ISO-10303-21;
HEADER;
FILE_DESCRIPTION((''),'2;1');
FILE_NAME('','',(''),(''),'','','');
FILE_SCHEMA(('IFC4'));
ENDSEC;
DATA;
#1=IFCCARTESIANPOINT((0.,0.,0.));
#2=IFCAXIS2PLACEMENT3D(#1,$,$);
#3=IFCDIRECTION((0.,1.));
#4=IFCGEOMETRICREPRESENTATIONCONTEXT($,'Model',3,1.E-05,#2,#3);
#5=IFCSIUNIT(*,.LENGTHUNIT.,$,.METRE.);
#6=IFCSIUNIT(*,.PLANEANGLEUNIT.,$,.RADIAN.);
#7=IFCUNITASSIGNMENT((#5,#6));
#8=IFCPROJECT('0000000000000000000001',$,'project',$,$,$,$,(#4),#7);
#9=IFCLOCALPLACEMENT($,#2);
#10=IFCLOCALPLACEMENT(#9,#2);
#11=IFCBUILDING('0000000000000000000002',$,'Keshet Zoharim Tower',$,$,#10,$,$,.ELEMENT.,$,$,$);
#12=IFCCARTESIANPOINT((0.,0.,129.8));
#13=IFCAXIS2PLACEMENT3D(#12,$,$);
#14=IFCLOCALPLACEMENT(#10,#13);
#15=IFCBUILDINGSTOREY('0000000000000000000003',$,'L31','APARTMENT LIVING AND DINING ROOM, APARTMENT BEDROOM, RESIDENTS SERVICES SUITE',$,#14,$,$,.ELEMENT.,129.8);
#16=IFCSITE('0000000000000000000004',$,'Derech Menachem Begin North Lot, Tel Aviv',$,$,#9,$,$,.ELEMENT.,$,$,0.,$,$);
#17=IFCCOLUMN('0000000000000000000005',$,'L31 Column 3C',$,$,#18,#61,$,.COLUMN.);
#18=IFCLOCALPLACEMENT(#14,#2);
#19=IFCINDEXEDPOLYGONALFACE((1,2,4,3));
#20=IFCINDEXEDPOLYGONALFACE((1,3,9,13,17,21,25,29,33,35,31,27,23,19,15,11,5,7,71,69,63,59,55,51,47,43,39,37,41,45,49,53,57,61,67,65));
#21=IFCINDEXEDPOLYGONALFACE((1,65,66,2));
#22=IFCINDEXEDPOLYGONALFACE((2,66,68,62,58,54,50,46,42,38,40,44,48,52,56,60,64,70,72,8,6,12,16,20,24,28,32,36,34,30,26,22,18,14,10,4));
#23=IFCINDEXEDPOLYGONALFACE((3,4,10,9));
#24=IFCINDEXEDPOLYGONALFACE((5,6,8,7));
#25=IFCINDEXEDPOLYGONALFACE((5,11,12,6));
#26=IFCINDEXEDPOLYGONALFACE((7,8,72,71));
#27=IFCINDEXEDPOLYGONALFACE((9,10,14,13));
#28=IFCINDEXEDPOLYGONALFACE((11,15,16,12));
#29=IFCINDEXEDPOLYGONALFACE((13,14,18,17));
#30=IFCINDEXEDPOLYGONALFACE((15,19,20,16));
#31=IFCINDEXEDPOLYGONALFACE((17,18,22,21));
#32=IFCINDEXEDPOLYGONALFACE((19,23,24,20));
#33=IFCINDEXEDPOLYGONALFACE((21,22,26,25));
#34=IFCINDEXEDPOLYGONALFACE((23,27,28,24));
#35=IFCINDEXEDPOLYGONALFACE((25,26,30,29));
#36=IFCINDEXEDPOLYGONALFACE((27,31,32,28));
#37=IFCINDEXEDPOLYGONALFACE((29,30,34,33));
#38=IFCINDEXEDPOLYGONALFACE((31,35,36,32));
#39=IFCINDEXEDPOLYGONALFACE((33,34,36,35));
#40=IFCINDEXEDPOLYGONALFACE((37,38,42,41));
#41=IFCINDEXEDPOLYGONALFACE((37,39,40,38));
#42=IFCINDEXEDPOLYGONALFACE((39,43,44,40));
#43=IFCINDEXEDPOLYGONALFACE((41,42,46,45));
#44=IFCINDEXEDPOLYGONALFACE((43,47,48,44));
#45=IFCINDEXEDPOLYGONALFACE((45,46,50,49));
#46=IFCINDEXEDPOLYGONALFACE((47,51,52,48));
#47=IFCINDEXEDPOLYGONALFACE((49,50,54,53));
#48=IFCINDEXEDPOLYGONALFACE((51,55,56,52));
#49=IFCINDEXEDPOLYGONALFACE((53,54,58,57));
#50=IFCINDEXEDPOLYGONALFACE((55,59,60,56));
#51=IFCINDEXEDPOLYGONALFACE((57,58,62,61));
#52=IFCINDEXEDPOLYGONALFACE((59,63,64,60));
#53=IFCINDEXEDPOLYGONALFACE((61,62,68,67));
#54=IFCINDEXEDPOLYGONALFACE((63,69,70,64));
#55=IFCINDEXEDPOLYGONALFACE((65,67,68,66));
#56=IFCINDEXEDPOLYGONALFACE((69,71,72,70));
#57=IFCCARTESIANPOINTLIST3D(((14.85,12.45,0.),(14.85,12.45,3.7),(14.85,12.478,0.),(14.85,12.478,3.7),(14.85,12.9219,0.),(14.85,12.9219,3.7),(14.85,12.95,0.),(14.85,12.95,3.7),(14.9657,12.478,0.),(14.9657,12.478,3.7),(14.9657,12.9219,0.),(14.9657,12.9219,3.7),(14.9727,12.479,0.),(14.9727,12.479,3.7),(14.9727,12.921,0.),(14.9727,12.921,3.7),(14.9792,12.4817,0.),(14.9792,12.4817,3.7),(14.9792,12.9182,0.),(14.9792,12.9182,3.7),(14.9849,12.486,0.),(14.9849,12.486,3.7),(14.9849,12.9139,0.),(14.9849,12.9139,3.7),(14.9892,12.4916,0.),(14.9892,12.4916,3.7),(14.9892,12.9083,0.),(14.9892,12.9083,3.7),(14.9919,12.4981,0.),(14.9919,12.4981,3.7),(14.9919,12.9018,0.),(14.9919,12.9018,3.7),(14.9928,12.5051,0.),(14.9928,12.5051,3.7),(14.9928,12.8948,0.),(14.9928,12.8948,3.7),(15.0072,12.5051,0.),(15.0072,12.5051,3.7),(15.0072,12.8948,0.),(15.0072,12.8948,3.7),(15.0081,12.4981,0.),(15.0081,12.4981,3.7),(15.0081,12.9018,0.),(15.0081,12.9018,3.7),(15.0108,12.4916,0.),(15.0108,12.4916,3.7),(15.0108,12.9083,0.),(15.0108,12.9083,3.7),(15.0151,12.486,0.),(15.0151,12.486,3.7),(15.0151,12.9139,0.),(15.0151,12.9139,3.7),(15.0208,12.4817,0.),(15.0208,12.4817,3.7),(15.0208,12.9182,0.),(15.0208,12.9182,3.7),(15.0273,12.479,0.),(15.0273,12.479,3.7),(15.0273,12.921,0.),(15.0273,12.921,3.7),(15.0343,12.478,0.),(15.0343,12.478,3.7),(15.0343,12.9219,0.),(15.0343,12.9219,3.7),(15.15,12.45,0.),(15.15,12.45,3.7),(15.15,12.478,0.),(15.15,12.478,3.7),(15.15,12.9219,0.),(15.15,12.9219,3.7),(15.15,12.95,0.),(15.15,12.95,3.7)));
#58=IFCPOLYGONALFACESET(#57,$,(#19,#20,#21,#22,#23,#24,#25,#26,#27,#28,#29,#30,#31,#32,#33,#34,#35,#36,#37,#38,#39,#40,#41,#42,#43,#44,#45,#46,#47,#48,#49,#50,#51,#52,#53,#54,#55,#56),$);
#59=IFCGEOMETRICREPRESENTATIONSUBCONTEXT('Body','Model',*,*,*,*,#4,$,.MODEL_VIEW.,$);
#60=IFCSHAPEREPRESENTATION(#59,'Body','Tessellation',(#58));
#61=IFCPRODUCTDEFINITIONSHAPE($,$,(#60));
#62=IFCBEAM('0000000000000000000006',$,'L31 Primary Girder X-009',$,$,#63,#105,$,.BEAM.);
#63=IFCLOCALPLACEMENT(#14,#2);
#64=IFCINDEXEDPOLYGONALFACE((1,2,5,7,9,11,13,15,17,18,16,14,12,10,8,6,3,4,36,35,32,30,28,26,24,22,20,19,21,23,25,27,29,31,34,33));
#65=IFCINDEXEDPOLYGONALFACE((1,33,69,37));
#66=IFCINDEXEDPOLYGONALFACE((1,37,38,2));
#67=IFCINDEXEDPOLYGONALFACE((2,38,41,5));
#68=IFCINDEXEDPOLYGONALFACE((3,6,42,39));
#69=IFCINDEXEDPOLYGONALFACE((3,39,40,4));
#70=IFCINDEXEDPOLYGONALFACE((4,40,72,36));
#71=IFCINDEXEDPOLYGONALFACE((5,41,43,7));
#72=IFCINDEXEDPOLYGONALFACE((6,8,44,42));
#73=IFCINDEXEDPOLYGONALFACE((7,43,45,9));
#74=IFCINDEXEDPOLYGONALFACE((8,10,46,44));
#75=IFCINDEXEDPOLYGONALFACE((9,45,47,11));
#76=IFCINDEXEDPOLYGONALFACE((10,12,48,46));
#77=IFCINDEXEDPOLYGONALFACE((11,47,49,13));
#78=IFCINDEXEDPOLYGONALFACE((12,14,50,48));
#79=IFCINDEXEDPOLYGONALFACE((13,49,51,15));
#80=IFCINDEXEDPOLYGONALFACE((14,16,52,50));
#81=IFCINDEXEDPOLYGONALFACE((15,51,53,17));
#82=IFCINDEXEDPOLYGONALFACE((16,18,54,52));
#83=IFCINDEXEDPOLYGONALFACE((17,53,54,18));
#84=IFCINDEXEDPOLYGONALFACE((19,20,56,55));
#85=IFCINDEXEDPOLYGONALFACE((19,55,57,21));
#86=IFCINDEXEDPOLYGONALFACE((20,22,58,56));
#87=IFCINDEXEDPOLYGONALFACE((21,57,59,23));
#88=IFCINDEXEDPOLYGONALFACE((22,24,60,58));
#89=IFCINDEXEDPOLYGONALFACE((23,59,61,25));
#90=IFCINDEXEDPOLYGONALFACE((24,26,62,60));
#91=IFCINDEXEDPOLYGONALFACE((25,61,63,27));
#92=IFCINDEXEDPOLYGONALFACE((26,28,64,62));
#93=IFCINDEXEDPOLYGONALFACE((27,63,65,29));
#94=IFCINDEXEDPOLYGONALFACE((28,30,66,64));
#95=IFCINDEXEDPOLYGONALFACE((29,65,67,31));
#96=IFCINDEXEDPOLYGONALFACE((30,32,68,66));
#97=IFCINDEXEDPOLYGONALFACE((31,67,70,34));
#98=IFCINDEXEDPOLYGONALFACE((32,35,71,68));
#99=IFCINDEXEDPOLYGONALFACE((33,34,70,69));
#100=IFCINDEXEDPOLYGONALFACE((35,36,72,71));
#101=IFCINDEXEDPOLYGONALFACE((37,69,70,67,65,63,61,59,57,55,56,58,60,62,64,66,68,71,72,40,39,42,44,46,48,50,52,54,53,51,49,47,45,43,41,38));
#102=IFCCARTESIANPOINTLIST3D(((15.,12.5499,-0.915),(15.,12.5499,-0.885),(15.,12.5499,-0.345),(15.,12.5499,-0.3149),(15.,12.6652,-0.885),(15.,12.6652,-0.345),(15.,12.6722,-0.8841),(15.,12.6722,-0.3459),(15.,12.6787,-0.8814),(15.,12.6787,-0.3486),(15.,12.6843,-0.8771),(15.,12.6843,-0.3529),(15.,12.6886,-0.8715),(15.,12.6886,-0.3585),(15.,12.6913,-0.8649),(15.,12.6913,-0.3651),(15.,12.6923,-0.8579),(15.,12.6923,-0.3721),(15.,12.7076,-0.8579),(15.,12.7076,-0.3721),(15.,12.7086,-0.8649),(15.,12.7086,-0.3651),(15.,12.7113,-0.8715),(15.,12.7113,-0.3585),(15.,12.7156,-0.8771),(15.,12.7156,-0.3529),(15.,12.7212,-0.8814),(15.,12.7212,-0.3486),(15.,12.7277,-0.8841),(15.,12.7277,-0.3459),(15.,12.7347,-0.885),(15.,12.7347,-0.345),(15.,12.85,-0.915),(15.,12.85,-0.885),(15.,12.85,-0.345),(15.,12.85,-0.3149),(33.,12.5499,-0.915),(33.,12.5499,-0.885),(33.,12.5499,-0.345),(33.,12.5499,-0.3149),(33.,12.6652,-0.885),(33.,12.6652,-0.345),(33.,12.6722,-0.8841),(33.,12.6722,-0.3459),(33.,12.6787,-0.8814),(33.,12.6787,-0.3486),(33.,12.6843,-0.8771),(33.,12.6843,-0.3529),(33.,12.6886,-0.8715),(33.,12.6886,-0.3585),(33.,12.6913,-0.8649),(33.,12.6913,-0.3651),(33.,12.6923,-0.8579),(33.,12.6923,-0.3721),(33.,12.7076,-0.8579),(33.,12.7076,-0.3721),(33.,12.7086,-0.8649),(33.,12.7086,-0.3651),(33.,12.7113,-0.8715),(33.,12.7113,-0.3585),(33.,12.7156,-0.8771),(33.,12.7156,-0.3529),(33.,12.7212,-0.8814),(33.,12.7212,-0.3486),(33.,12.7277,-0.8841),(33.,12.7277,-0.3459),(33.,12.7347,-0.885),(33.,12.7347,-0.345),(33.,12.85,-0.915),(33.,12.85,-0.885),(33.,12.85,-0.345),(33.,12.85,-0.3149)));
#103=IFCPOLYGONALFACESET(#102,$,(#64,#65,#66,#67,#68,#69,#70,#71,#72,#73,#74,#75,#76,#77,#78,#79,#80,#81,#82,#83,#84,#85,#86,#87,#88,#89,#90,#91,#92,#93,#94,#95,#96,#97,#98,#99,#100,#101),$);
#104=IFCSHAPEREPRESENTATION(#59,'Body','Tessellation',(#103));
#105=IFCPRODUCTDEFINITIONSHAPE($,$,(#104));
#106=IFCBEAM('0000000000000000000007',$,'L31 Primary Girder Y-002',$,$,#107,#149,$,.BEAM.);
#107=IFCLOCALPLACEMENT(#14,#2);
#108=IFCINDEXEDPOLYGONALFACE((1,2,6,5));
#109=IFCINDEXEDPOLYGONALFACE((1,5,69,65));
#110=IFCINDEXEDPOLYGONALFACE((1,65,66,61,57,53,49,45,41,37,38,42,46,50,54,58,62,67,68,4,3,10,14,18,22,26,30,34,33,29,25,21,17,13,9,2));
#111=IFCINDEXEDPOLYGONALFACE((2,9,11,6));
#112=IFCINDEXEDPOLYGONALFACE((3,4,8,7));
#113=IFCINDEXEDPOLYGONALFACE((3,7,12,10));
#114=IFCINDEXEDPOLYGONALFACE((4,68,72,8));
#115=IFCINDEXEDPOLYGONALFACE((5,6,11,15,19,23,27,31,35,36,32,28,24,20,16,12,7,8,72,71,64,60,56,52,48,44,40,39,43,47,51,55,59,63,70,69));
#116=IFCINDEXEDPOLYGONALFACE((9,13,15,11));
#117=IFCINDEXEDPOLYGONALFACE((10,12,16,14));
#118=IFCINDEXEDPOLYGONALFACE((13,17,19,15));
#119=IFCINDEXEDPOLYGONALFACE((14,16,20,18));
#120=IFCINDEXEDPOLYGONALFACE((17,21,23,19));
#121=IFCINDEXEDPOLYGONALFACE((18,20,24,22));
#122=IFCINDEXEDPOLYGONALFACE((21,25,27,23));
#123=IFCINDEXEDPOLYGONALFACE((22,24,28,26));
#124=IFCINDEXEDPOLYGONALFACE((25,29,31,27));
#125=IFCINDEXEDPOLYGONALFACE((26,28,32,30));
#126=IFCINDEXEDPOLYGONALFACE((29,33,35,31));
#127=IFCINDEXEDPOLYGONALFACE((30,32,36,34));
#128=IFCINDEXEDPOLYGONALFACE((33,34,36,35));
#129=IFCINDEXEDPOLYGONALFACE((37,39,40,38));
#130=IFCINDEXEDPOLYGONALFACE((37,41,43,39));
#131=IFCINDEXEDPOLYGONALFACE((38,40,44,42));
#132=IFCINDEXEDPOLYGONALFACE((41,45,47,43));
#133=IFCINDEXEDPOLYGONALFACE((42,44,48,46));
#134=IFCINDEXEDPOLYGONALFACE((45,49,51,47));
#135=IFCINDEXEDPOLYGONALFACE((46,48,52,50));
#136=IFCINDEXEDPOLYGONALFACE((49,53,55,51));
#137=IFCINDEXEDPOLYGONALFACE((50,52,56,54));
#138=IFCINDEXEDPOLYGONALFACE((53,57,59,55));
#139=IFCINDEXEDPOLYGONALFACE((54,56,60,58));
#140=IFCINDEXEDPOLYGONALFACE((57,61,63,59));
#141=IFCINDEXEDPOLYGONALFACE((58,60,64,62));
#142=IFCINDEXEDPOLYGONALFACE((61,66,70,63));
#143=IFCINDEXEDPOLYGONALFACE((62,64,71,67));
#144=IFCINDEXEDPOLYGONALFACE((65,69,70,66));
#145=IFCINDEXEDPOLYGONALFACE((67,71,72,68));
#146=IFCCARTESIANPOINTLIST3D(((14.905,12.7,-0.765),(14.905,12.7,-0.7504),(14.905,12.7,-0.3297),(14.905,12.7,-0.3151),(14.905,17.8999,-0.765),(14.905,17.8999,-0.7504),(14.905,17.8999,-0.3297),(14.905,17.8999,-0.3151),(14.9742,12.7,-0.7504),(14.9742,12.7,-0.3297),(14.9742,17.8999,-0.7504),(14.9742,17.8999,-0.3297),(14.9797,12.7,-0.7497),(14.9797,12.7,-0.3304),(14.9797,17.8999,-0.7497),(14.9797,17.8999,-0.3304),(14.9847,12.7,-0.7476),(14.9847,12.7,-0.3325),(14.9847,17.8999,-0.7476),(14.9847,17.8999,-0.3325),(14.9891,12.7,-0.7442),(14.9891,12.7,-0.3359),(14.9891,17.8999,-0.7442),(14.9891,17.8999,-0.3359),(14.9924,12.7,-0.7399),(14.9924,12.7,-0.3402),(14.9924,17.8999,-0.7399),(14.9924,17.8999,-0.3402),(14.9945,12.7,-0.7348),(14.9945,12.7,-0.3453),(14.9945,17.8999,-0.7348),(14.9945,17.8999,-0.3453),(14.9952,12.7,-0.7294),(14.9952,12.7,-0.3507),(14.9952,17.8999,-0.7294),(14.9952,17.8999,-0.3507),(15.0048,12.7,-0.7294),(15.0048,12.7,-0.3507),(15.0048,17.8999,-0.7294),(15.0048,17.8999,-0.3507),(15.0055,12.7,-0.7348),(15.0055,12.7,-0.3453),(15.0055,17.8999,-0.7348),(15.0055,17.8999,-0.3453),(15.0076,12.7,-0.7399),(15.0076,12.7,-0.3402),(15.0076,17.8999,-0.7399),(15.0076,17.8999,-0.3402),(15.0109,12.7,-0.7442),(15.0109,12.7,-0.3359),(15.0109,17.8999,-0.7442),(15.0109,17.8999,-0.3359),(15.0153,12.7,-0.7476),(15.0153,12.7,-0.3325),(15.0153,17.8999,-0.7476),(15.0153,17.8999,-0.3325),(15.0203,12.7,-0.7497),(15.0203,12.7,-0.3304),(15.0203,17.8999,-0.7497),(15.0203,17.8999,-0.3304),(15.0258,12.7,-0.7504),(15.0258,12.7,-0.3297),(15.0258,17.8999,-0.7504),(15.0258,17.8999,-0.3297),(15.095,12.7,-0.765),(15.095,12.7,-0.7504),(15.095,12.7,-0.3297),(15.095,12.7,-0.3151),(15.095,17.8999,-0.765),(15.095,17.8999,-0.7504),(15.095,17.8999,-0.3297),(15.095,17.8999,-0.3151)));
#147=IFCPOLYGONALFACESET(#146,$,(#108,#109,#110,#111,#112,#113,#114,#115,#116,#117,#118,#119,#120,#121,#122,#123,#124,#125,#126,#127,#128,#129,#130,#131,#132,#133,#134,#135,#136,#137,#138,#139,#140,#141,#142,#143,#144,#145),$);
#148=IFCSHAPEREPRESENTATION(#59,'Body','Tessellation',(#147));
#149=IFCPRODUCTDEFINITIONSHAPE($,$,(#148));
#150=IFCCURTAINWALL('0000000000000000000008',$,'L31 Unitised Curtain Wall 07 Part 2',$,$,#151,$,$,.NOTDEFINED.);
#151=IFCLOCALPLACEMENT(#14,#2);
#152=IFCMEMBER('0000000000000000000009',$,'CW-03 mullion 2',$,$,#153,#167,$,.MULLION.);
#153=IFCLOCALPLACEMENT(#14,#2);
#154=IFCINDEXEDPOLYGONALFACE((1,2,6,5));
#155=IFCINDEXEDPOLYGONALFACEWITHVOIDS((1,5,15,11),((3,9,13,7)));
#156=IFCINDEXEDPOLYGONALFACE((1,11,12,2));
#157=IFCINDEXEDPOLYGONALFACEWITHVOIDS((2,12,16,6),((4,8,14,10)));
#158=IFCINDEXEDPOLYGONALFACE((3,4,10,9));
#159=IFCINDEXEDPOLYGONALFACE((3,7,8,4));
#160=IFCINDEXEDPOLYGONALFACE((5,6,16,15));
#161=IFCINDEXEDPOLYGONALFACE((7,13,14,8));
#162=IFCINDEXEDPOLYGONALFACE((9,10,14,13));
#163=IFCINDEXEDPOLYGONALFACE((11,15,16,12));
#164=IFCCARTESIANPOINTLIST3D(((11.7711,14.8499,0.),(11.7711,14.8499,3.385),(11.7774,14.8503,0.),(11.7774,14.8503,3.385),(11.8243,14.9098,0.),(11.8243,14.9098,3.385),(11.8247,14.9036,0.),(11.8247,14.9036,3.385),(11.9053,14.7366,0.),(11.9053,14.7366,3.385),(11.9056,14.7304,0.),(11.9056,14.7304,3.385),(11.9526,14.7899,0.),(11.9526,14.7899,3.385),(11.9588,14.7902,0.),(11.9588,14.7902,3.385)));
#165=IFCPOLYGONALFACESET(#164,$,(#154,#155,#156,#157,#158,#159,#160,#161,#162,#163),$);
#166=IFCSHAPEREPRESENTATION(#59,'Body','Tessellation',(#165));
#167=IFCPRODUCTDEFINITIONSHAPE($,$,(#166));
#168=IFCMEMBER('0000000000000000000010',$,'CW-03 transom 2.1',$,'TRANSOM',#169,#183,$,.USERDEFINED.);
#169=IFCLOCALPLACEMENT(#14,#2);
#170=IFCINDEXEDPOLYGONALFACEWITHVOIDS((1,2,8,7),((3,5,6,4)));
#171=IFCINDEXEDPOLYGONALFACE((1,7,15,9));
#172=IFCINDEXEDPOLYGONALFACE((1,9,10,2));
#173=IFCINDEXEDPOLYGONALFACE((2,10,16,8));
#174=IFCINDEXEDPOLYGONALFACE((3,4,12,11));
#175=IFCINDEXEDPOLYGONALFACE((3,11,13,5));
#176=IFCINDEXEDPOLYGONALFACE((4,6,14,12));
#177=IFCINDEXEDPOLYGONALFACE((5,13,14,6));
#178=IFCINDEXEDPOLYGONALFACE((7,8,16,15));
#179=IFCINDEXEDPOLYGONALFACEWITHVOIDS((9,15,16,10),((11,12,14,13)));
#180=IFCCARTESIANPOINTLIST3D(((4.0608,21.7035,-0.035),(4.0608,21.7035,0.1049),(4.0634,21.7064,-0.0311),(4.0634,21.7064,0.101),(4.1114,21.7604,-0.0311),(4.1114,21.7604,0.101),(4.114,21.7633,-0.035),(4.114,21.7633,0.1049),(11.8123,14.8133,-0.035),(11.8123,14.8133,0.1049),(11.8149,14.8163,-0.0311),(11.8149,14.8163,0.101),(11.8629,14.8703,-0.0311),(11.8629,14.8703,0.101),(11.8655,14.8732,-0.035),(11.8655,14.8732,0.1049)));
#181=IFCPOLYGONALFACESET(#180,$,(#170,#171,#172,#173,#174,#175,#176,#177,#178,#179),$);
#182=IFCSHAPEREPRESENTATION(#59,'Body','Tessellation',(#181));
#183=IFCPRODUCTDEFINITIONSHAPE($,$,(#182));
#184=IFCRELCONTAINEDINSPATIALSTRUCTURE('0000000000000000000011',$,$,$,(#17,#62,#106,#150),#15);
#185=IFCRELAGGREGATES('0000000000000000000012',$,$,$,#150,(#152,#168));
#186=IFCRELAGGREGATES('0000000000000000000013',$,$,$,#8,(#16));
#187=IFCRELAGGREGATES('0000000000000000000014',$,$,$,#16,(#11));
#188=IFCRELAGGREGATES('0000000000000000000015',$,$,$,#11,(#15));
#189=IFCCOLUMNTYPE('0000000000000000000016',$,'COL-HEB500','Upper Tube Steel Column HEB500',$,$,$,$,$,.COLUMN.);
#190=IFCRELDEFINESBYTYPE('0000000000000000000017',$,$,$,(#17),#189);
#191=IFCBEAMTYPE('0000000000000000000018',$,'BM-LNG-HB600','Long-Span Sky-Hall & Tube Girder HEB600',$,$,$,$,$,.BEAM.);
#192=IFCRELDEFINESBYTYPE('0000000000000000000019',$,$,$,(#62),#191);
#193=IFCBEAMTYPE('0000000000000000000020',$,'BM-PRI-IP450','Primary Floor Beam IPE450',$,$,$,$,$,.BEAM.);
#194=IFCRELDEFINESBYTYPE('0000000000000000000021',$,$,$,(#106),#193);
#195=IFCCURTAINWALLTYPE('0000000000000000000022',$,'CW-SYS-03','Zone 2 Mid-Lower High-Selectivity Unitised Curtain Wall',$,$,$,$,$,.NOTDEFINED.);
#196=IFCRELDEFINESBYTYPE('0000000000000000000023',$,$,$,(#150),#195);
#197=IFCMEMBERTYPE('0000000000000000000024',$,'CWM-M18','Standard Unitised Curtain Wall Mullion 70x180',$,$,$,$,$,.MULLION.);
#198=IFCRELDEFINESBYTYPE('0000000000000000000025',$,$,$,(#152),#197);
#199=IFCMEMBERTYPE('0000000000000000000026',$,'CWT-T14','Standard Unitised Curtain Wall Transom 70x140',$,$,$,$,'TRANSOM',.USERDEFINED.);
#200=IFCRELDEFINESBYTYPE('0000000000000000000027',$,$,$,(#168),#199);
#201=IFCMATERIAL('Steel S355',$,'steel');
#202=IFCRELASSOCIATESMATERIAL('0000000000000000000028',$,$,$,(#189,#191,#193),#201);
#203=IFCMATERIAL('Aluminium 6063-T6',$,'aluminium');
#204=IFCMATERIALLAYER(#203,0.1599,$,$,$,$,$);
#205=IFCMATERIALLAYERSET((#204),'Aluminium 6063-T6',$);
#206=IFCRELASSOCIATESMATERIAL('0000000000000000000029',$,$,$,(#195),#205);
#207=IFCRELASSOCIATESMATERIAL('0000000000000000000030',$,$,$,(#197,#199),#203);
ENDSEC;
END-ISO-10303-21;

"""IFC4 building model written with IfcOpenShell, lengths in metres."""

from ifc_helpers import new_model, si_unit, direction, frame, origin, origin_2d, place, context, subcontext, project, spatial, hollow_rectangle, i_section, extrude, material, layer, layer_set, material_profile, profile_set, type_object, element, aggregate, save


model = new_model("IFC4")

# Units and contexts
model_context = context("Model", 3, precision=1e-05, world=origin(), true_north=direction((0.0, 1.0)))
body_context = subcontext(model_context, "Body", "Model", "MODEL_VIEW")
ifc_project = project(units=[si_unit("LENGTHUNIT", "METRE"), si_unit("PLANEANGLEUNIT", "RADIAN")], contexts=[model_context])

# Site, building, storey
site_placement = place(None, origin())
site = spatial("IfcSite", under=ifc_project, at=site_placement, Name="Derech Menachem Begin North Lot, Tel Aviv", CompositionType="ELEMENT", RefElevation=0.0)
building_placement = place(site_placement, origin())
building = spatial("IfcBuilding", under=site, at=building_placement, Name="Keshet Zoharim Tower", CompositionType="ELEMENT")
storey_placement = place(building_placement, frame((0.0, 0.0, 129.8)))
storey = spatial("IfcBuildingStorey", under=building, at=storey_placement, Name="L31", Description="APARTMENT LIVING AND DINING ROOM, APARTMENT BEDROOM, RESIDENTS SERVICES SUITE", CompositionType="ELEMENT", Elevation=129.8)

# Column
ifc_material_1 = material(Name="Steel S355", Category="steel")
ifc_material_profile_1 = material_profile(ifc_material_1, i_section(OverallWidth=0.3, OverallDepth=0.5, WebThickness=0.0144, FlangeThickness=0.0281, FilletRadius=0.0271, at=origin_2d()), Name="HEB500")
ifc_profile_set_1 = profile_set([ifc_material_profile_1], Name="Steel S355")
column_type = type_object("IfcColumnType", Name="COL-HEB500", Description="Upper Tube Steel Column HEB500", PredefinedType="COLUMN", material=ifc_profile_set_1)
column_placement = place(storey_placement, frame((15.0, 12.7, 0.0), z_axis=(0.0, 0.0, 1.0), x_axis=(1.0, 0.0, 0.0)))
element("IfcColumn", 1, at=column_placement, inside=storey, type_object=column_type, Name="L31 Column 3C", PredefinedType="COLUMN", context=body_context, shape_type="SweptSolid", body=[
    extrude(i_section(OverallWidth=0.3, OverallDepth=0.5, WebThickness=0.0144, FlangeThickness=0.0281, FilletRadius=0.0271, at=origin_2d()), origin(), (0.0, 0.0, 1.0), 3.7),
])

# Beams
ifc_material_profile_2 = material_profile(ifc_material_1, i_section(OverallWidth=0.3, OverallDepth=0.6001, WebThickness=0.0154, FlangeThickness=0.03, FilletRadius=0.0271, at=origin_2d()), Name="HEB600")
ifc_profile_set_2 = profile_set([ifc_material_profile_2], Name="Steel S355")
beam_type_1 = type_object("IfcBeamType", Name="BM-LNG-HB600", Description="Long-Span Sky-Hall & Tube Girder HEB600", PredefinedType="BEAM", material=ifc_profile_set_2)
beam_1_placement = place(storey_placement, frame((15.0, 12.7, -0.615), z_axis=(1.0, 0.0, 0.0), x_axis=(0.0, 1.0, 0.0)))
element("IfcBeam", 2, at=beam_1_placement, inside=storey, type_object=beam_type_1, Name="L31 Primary Girder X-009", PredefinedType="BEAM", context=body_context, shape_type="SweptSolid", body=[
    extrude(i_section(OverallWidth=0.3, OverallDepth=0.6001, WebThickness=0.0154, FlangeThickness=0.03, FilletRadius=0.0271, at=origin_2d()), origin(), (0.0, 0.0, 1.0), 18.0),
])
ifc_material_profile_3 = material_profile(ifc_material_1, i_section(OverallWidth=0.1899, OverallDepth=0.45, WebThickness=0.0095, FlangeThickness=0.0146, FilletRadius=0.021, at=origin_2d()), Name="IPE450")
ifc_profile_set_3 = profile_set([ifc_material_profile_3], Name="Steel S355")
beam_type_2 = type_object("IfcBeamType", Name="BM-PRI-IP450", Description="Primary Floor Beam IPE450", PredefinedType="BEAM", material=ifc_profile_set_3)
beam_2_placement = place(storey_placement, frame((15.0, 12.7, -0.54), z_axis=(0.0, 1.0, 0.0), x_axis=(-1.0, 0.0, 0.0)))
element("IfcBeam", 3, at=beam_2_placement, inside=storey, type_object=beam_type_2, Name="L31 Primary Girder Y-002", PredefinedType="BEAM", context=body_context, shape_type="SweptSolid", body=[
    extrude(i_section(OverallWidth=0.1899, OverallDepth=0.45, WebThickness=0.0095, FlangeThickness=0.0146, FilletRadius=0.021, at=origin_2d()), origin(), (0.0, 0.0, 1.0), 5.2),
])

# Curtain wall, members
ifc_material_2 = material(Name="Aluminium 6063-T6", Category="aluminium")
ifc_layer_1 = layer(ifc_material_2, 0.1599)
ifc_layer_set_1 = layer_set([ifc_layer_1], Name="Aluminium 6063-T6")
curtain_wall_type = type_object("IfcCurtainWallType", Name="CW-SYS-03", Description="Zone 2 Mid-Lower High-Selectivity Unitised Curtain Wall", PredefinedType="NOTDEFINED", material=ifc_layer_set_1)
curtain_wall_placement = place(storey_placement, origin())
curtain_wall = element("IfcCurtainWall", 4, at=curtain_wall_placement, inside=storey, type_object=curtain_wall_type, Name="L31 Unitised Curtain Wall 07 Part 2", PredefinedType="NOTDEFINED")
ifc_material_profile_4 = material_profile(ifc_material_2, hollow_rectangle(XDim=0.0801, YDim=0.1799, WallThickness=0.0044, at=origin_2d()), Name="MUL-80x180")
ifc_profile_set_4 = profile_set([ifc_material_profile_4], Name="Aluminium 6063-T6")
member_type_1 = type_object("IfcMemberType", Name="CWM-M18", Description="Standard Unitised Curtain Wall Mullion 70x180", PredefinedType="MULLION", material=ifc_profile_set_4)
member_1_placement = place(storey_placement, frame((11.865, 14.8201, 0.0), z_axis=(0.0, 0.0, 1.0), x_axis=(-0.664364, -0.74741, 0.0)))
member_1 = element("IfcMember", 5, at=member_1_placement, type_object=member_type_1, Name="CW-03 mullion 2", PredefinedType="MULLION", context=body_context, shape_type="SweptSolid", body=[
    extrude(hollow_rectangle(XDim=0.0801, YDim=0.1799, WallThickness=0.0044, at=origin_2d()), origin(), (0.0, 0.0, 1.0), 3.385),
])
ifc_material_profile_5 = material_profile(ifc_material_2, hollow_rectangle(XDim=0.0801, YDim=0.1399, WallThickness=0.0039, at=origin_2d()), Name="TRN-80x140")
ifc_profile_set_5 = profile_set([ifc_material_profile_5], Name="Aluminium 6063-T6")
member_type_2 = type_object("IfcMemberType", Name="CWT-T14", Description="Standard Unitised Curtain Wall Transom 70x140", ElementType="TRANSOM", PredefinedType="USERDEFINED", material=ifc_profile_set_5)
member_2_placement = place(storey_placement, frame((11.8389, 14.8433, 0.0349), z_axis=(-0.747412, 0.664361, 0.0), x_axis=(-0.664361, -0.747412, 0.0)))
member_2 = element("IfcMember", 6, at=member_2_placement, type_object=member_type_2, Name="CW-03 transom 2.1", ObjectType="TRANSOM", PredefinedType="USERDEFINED", context=body_context, shape_type="SweptSolid", body=[
    extrude(hollow_rectangle(XDim=0.0801, YDim=0.1399, WallThickness=0.0039, at=origin_2d()), origin(), (0.0, 0.0, 1.0), 10.3711),
])
aggregate(curtain_wall, [member_1, member_2])

save(model, "model.ifc")
